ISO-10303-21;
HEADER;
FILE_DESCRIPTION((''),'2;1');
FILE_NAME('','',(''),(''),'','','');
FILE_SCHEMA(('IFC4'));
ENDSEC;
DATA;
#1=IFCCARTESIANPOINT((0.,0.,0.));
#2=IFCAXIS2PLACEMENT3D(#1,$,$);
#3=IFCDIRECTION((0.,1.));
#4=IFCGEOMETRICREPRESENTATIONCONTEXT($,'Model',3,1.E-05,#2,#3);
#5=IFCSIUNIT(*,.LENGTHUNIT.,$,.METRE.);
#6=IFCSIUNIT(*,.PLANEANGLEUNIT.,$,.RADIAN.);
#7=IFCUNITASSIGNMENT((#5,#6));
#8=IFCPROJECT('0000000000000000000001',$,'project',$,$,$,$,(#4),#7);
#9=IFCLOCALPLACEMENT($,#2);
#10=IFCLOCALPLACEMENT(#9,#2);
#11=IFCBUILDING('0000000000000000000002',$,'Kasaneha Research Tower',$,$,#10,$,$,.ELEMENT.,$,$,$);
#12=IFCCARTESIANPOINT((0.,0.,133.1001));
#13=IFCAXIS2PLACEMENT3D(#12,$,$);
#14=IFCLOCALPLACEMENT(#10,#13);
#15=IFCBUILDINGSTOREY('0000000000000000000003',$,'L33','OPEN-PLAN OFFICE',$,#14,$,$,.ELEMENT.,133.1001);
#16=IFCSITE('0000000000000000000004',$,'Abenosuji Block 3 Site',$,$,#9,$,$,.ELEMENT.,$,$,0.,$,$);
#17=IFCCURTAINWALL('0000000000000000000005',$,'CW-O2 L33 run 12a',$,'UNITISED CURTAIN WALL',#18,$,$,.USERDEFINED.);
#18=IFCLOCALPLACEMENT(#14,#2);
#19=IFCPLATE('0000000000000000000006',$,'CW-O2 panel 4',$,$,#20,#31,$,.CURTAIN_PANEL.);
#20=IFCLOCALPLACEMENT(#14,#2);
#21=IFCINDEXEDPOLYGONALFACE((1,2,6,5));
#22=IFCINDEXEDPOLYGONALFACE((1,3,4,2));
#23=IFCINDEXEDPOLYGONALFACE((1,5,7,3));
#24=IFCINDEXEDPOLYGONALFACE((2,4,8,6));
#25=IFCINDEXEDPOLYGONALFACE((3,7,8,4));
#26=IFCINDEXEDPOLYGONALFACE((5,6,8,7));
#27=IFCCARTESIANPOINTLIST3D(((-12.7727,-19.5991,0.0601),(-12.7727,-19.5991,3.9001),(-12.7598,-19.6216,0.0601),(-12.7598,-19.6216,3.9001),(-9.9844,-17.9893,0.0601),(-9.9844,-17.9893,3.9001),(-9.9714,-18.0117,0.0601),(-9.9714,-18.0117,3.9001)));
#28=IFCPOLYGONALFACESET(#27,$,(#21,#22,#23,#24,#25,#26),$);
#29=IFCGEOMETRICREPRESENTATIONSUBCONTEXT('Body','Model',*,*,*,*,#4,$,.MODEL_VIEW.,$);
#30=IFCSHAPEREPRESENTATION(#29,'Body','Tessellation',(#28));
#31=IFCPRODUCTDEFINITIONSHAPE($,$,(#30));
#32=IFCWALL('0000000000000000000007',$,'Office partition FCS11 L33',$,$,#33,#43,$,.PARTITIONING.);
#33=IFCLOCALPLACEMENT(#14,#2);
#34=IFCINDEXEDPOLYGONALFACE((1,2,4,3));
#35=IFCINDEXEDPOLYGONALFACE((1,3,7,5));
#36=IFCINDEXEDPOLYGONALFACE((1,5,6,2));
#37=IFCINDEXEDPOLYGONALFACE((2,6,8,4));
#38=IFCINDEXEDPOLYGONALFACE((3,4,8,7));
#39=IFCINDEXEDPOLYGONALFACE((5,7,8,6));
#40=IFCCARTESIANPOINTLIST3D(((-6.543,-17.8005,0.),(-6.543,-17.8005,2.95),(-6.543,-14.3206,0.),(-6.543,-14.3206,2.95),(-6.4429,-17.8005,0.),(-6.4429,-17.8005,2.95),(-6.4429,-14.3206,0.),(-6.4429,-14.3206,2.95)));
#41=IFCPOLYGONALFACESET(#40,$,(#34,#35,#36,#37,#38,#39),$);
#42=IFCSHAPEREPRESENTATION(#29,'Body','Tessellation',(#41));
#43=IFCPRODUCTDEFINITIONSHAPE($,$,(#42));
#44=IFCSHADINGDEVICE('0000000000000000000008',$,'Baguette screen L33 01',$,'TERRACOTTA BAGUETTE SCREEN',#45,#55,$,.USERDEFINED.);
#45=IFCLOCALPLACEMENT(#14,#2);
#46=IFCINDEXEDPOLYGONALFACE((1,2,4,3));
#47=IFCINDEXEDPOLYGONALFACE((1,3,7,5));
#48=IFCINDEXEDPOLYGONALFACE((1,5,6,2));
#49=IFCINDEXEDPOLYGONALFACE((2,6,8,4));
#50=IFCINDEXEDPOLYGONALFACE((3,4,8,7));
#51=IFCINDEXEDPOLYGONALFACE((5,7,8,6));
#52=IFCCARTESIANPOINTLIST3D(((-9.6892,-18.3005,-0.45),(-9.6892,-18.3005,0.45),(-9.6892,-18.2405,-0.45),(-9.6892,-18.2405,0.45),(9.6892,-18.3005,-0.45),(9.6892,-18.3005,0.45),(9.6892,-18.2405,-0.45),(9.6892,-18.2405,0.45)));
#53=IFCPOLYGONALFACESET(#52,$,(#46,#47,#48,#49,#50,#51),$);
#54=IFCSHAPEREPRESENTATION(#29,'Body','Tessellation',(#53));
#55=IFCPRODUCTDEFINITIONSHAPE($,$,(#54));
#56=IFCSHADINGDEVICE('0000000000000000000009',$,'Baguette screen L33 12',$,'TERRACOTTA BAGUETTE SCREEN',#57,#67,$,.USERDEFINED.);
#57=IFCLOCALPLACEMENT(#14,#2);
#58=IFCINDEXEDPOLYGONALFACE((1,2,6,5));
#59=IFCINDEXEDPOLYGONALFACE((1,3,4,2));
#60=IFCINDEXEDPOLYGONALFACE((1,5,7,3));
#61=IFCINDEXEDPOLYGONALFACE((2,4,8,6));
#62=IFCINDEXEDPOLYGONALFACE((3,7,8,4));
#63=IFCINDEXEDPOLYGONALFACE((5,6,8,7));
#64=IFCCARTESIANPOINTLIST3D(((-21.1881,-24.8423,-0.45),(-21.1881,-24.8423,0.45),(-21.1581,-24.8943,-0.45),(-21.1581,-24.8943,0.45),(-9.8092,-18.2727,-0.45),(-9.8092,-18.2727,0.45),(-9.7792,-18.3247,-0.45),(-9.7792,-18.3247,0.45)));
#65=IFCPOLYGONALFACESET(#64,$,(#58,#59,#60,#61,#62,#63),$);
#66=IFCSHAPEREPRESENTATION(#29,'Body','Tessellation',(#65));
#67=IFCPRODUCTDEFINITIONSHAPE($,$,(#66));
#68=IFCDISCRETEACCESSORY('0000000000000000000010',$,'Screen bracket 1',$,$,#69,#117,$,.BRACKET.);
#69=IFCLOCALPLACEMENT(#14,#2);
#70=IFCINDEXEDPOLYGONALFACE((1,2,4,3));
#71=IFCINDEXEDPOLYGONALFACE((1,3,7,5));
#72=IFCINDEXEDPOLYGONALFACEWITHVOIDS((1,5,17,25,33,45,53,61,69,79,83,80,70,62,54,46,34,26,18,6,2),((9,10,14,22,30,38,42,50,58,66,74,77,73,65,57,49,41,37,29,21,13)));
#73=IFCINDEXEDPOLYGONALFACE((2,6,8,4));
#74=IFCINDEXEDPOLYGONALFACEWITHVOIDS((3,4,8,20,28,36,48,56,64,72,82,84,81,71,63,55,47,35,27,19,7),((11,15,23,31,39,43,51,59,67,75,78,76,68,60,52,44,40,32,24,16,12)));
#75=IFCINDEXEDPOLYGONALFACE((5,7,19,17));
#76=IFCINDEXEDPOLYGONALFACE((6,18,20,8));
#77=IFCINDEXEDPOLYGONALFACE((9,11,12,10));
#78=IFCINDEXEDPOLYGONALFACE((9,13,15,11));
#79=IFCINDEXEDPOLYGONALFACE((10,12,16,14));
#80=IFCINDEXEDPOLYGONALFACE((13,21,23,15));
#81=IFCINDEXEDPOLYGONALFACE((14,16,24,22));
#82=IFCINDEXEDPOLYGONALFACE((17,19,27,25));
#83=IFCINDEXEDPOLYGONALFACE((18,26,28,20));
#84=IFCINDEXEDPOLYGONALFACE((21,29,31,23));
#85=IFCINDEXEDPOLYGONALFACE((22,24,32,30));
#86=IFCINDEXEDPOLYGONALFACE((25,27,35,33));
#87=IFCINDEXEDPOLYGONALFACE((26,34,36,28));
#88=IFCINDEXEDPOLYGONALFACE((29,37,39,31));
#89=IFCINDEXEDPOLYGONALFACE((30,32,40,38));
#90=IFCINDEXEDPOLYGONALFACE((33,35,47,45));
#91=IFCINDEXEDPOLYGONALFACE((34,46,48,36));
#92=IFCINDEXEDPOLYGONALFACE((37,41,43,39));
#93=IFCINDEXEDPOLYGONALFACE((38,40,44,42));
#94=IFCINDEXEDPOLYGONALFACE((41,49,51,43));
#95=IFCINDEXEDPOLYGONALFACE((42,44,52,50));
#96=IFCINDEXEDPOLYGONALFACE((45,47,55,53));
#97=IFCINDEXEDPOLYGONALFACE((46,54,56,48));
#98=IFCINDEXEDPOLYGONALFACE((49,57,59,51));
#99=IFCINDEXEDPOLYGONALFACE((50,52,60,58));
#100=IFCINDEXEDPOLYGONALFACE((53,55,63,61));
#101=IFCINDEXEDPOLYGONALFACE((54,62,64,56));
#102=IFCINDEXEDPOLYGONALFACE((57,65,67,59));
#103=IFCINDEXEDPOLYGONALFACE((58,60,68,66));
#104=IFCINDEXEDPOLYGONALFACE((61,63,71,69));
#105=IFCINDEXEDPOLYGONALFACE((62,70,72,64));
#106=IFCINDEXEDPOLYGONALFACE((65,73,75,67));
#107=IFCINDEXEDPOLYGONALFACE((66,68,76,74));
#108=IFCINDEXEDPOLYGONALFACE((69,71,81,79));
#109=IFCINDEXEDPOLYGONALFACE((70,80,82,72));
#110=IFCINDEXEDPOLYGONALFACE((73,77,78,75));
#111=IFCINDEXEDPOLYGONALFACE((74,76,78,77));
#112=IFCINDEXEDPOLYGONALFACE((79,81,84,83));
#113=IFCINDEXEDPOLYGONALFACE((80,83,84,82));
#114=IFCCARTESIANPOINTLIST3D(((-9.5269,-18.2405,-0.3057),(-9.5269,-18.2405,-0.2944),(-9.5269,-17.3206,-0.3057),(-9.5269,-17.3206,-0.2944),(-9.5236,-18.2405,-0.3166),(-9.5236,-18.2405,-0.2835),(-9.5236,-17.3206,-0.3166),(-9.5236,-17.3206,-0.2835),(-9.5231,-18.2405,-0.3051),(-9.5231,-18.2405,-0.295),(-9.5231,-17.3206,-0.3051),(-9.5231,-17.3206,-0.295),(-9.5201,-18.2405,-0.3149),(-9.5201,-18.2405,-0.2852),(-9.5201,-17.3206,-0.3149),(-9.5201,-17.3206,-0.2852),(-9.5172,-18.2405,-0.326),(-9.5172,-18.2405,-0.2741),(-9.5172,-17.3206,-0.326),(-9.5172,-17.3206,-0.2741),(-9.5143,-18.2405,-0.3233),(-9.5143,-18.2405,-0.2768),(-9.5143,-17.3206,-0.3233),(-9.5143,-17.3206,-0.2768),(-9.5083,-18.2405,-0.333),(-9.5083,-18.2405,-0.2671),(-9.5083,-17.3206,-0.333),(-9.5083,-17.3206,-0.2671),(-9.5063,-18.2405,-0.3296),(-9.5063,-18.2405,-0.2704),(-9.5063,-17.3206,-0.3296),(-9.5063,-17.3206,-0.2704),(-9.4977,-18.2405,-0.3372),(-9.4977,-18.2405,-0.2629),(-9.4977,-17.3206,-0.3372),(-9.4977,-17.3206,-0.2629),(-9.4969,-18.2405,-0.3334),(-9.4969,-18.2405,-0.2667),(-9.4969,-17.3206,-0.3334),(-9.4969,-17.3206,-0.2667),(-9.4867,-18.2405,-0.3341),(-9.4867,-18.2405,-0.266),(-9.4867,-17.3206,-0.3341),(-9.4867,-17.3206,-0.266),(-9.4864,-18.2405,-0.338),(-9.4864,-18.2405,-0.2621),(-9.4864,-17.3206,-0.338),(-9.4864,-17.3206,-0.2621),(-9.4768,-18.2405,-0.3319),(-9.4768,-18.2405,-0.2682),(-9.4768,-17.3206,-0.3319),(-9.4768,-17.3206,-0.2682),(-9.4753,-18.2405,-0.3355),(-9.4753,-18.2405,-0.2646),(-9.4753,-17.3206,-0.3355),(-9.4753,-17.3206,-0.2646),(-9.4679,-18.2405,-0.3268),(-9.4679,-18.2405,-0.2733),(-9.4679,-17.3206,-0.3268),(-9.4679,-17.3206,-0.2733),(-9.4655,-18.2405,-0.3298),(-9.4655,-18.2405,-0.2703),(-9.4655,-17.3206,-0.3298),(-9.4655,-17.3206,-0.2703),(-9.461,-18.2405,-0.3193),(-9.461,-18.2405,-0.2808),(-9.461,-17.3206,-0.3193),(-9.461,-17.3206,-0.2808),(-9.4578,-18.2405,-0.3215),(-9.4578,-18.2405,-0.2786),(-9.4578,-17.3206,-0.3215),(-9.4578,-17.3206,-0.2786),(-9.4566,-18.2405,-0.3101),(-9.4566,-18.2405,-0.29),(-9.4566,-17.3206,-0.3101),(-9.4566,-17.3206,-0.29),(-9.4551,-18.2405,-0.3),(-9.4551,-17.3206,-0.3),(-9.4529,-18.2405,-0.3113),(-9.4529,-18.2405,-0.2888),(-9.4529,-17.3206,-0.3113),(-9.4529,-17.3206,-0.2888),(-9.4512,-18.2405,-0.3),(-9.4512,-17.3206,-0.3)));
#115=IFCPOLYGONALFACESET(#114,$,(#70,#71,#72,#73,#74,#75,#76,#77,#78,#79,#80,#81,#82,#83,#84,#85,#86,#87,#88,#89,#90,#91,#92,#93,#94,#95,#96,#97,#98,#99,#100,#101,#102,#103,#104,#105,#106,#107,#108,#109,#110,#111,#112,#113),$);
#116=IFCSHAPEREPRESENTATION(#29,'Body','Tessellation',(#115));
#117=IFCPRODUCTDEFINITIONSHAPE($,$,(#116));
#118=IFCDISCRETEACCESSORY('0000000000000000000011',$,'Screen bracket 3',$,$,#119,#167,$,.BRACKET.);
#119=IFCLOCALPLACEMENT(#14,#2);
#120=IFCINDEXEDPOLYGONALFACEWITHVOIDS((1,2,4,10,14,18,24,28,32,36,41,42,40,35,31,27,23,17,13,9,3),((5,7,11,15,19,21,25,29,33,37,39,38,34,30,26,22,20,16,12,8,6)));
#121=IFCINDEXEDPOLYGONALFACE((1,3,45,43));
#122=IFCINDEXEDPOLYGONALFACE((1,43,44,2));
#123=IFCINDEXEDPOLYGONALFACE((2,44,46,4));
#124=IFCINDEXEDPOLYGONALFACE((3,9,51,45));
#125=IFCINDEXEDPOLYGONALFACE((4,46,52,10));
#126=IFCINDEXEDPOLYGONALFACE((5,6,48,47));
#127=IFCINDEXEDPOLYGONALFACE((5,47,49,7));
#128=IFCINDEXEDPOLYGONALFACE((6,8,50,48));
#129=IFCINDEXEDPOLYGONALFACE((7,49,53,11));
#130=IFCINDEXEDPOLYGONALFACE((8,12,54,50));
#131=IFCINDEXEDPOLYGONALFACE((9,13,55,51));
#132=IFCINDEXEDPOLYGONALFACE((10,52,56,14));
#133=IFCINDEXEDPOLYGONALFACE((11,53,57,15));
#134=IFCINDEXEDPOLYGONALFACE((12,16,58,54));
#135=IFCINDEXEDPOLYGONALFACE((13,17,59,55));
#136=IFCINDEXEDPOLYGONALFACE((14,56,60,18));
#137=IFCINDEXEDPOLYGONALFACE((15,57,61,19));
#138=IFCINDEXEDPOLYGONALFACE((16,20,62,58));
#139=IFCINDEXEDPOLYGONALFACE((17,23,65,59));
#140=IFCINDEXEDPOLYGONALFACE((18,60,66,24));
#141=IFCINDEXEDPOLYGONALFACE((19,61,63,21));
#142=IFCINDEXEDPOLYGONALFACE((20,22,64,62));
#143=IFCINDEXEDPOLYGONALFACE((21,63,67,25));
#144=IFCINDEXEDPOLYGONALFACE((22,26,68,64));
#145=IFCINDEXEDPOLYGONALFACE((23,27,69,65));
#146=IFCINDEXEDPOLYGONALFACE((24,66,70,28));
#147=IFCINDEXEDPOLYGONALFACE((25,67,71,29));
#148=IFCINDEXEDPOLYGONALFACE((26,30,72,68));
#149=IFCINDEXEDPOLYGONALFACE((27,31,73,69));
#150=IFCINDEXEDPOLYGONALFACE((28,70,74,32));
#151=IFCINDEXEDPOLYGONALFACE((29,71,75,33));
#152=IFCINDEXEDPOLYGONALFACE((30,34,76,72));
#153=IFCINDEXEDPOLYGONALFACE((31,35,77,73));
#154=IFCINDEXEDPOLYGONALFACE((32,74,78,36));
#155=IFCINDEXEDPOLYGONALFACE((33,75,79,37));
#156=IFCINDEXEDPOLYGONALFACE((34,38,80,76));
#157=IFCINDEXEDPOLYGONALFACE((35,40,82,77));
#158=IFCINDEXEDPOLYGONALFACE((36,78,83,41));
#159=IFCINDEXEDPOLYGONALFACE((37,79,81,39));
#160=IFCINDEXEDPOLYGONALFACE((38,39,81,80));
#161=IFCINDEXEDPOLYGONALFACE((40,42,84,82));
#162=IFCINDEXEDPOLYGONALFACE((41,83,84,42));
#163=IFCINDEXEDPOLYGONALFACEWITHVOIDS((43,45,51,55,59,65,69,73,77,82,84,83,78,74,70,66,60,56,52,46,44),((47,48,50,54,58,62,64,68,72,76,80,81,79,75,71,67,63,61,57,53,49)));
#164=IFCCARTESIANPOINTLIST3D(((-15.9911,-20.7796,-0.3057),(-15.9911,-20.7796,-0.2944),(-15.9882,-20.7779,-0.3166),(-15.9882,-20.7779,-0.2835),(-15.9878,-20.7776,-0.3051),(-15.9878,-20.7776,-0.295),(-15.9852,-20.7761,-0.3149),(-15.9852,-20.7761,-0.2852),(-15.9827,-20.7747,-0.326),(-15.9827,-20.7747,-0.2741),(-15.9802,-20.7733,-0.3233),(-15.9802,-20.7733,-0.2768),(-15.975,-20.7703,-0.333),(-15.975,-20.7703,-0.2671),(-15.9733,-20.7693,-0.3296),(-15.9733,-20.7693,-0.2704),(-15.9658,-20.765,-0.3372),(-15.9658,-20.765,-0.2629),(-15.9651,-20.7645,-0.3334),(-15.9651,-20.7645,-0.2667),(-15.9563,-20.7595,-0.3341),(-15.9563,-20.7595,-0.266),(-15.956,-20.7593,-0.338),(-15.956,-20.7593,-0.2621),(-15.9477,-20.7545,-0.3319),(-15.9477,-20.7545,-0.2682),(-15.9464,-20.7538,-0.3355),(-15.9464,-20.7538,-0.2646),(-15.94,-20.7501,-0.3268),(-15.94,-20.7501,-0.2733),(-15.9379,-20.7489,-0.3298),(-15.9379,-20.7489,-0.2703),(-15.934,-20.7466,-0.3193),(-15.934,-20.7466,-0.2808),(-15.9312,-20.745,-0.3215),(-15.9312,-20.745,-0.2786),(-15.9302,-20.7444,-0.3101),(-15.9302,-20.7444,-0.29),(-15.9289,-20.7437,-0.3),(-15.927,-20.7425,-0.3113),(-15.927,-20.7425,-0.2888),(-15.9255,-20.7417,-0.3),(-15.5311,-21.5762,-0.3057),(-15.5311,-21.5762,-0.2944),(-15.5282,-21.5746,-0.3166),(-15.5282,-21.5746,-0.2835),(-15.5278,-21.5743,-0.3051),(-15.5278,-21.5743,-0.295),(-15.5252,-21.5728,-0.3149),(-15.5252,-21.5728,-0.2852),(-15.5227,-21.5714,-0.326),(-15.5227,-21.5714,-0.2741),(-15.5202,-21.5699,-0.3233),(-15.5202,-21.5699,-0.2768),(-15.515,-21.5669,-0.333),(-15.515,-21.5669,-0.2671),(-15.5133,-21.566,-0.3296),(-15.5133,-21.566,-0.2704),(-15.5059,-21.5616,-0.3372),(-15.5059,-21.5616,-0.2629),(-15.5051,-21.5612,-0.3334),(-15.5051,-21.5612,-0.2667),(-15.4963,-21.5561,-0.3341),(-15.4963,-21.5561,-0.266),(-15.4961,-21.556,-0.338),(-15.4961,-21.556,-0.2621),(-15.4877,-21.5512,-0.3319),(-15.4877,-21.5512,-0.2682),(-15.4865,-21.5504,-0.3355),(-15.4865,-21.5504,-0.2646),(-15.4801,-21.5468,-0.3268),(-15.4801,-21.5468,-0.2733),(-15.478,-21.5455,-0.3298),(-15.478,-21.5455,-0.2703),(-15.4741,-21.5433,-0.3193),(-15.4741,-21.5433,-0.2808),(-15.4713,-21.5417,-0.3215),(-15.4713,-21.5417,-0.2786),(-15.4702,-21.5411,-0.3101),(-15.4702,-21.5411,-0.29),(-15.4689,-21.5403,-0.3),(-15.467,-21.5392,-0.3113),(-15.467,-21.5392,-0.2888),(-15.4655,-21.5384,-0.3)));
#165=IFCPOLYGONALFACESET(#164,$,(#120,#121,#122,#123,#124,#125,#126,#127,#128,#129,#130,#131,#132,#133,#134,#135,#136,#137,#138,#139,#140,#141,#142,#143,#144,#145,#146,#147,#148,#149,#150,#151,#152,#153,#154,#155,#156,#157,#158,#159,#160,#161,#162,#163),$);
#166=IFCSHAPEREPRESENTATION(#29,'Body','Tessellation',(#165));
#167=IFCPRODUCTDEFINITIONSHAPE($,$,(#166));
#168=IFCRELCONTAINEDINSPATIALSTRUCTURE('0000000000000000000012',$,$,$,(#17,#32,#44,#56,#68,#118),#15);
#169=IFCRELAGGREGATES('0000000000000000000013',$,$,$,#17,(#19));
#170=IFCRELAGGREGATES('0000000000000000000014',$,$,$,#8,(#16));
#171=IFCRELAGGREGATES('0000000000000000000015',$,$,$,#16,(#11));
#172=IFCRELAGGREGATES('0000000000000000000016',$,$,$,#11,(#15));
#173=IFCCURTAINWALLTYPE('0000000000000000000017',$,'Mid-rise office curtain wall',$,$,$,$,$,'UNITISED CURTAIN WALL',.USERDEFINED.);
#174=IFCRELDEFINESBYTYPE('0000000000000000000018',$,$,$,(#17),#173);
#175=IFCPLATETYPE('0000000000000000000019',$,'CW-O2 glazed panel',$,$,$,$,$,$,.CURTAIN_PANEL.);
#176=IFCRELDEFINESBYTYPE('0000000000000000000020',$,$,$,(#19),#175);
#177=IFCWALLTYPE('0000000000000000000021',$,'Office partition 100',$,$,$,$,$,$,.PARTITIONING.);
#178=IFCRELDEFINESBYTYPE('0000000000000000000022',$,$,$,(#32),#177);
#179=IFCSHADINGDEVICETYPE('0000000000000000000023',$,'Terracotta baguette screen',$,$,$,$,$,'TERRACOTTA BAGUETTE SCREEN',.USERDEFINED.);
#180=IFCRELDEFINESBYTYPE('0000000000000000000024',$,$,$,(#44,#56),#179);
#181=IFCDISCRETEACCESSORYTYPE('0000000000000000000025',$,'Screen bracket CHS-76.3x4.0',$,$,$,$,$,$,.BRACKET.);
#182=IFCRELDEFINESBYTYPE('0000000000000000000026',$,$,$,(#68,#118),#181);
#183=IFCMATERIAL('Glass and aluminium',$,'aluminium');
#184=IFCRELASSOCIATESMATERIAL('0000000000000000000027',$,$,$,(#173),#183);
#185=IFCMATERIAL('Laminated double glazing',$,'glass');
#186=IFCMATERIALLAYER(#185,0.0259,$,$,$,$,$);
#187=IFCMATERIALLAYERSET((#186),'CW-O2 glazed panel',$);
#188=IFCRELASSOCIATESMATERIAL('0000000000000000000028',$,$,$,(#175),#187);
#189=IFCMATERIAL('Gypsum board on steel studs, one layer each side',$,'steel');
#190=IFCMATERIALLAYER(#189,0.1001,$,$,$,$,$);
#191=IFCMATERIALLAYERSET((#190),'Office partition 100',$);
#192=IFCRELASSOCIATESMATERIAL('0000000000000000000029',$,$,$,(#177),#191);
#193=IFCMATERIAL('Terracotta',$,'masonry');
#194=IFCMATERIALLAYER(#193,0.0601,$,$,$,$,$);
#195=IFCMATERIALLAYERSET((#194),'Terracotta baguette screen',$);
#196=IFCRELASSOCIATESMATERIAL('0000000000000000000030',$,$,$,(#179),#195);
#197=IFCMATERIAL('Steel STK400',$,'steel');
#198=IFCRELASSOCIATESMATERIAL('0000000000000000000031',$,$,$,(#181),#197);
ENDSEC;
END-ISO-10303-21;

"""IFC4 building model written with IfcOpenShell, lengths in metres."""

from ifc_helpers import new_model, si_unit, direction, frame, frame_2d, origin, origin_2d, place, context, subcontext, project, spatial, rectangle, hollow_circle, extrude, material, layer, layer_set, material_profile, profile_set, type_object, element, aggregate, save


model = new_model("IFC4")

# Units and contexts
model_context = context("Model", 3, precision=1e-05, world=origin(), true_north=direction((0.0, 1.0)))
body_context = subcontext(model_context, "Body", "Model", "MODEL_VIEW")
ifc_project = project(units=[si_unit("LENGTHUNIT", "METRE"), si_unit("PLANEANGLEUNIT", "RADIAN")], contexts=[model_context])

# Site, building, storey
site_placement = place(None, origin())
site = spatial("IfcSite", under=ifc_project, at=site_placement, Name="Abenosuji Block 3 Site", CompositionType="ELEMENT", RefElevation=0.0)
building_placement = place(site_placement, origin())
building = spatial("IfcBuilding", under=site, at=building_placement, Name="Kasaneha Research Tower", CompositionType="ELEMENT")
storey_placement = place(building_placement, frame((0.0, 0.0, 133.1001)))
storey = spatial("IfcBuildingStorey", under=building, at=storey_placement, Name="L33", Description="OPEN-PLAN OFFICE", CompositionType="ELEMENT", Elevation=133.1001)

# Curtain wall
ifc_material_1 = material(Name="Glass and aluminium", Category="aluminium")
curtain_wall_type = type_object("IfcCurtainWallType", Name="Mid-rise office curtain wall", ElementType="UNITISED CURTAIN WALL", PredefinedType="USERDEFINED", material=ifc_material_1)
curtain_wall_1_placement = place(storey_placement, origin())
curtain_wall_1 = element("IfcCurtainWall", 1, at=curtain_wall_1_placement, inside=storey, type_object=curtain_wall_type, Name="CW-O2 L33 run 12a", ObjectType="UNITISED CURTAIN WALL", PredefinedType="USERDEFINED")

# Plate
ifc_material_2 = material(Name="Laminated double glazing", Category="glass")
ifc_layer_1 = layer(ifc_material_2, 0.0259)
ifc_layer_set_1 = layer_set([ifc_layer_1], Name="CW-O2 glazed panel")
plate_type = type_object("IfcPlateType", Name="CW-O2 glazed panel", PredefinedType="CURTAIN_PANEL", material=ifc_layer_set_1)
plate_1_placement = place(storey_placement, frame((-11.3721, -18.8054, 0.0601), z_axis=(0.0, 0.0, 1.0), x_axis=(0.866025, 0.5, 0.0)))
plate_1 = element("IfcPlate", 2, at=plate_1_placement, type_object=plate_type, Name="CW-O2 panel 4", PredefinedType="CURTAIN_PANEL", context=body_context, shape_type="SweptSolid", body=[
    extrude(rectangle(XDim=3.2197, YDim=0.0259, at=origin_2d()), origin(), (0.0, 0.0, 1.0), 3.8401),
])
aggregate(curtain_wall_1, [plate_1])

# Wall
ifc_material_3 = material(Name="Gypsum board on steel studs, one layer each side", Category="steel")
ifc_layer_2 = layer(ifc_material_3, 0.1001)
ifc_layer_set_2 = layer_set([ifc_layer_2], Name="Office partition 100")
wall_type = type_object("IfcWallType", Name="Office partition 100", PredefinedType="PARTITIONING", material=ifc_layer_set_2)
wall_placement = place(storey_placement, frame((-6.4929, -17.8005, 0.0), z_axis=(0.0, 0.0, 1.0), x_axis=(0.0, 1.0, 0.0)))
element("IfcWall", 3, at=wall_placement, inside=storey, type_object=wall_type, Name="Office partition FCS11 L33", PredefinedType="PARTITIONING", context=body_context, shape_type="SweptSolid", body=[
    extrude(rectangle(XDim=3.48, YDim=0.1001, at=frame_2d((1.74, 0.0))), origin(), (0.0, 0.0, 1.0), 2.95),
])

# Shading devices
ifc_material_4 = material(Name="Terracotta", Category="masonry")
ifc_layer_3 = layer(ifc_material_4, 0.0601)
ifc_layer_set_3 = layer_set([ifc_layer_3], Name="Terracotta baguette screen")
shading_device_type = type_object("IfcShadingDeviceType", Name="Terracotta baguette screen", ElementType="TERRACOTTA BAGUETTE SCREEN", PredefinedType="USERDEFINED", material=ifc_layer_set_3)
shading_device_1_placement = place(storey_placement, frame((0.0, -18.2705, -0.45), z_axis=(0.0, 0.0, 1.0), x_axis=(1.0, 0.0, 0.0)))
element("IfcShadingDevice", 4, at=shading_device_1_placement, inside=storey, type_object=shading_device_type, Name="Baguette screen L33 01", ObjectType="TERRACOTTA BAGUETTE SCREEN", PredefinedType="USERDEFINED", context=body_context, shape_type="SweptSolid", body=[
    extrude(rectangle(XDim=19.3784, YDim=0.0601, at=origin_2d()), origin(), (0.0, 0.0, 1.0), 0.8999),
])
shading_device_2_placement = place(storey_placement, frame((-15.4836, -21.5835, -0.45), z_axis=(0.0, 0.0, 1.0), x_axis=(0.866025, 0.5, 0.0)))
element("IfcShadingDevice", 5, at=shading_device_2_placement, inside=storey, type_object=shading_device_type, Name="Baguette screen L33 12", ObjectType="TERRACOTTA BAGUETTE SCREEN", PredefinedType="USERDEFINED", context=body_context, shape_type="SweptSolid", body=[
    extrude(rectangle(XDim=13.1392, YDim=0.0601, at=origin_2d()), origin(), (0.0, 0.0, 1.0), 0.8999),
])

# Discrete accessories
ifc_material_5 = material(Name="Steel STK400", Category="steel")
ifc_material_profile_1 = material_profile(ifc_material_5, hollow_circle(Radius=0.0381, WallThickness=0.0039, at=origin_2d()), Name="CHS-76.3x4.0")
ifc_profile_set_1 = profile_set([ifc_material_profile_1], Name="Steel STK400")
discrete_accessory_type = type_object("IfcDiscreteAccessoryType", Name="Screen bracket CHS-76.3x4.0", PredefinedType="BRACKET", material=ifc_profile_set_1)
for number, where, z_axis, x_axis, name in (
    (6, (-9.4893, -17.3206, -0.3), (0.0, -1.0, 0.0), (1.0, 0.0, 0.0), "Screen bracket 1"),
    (7, (-15.9585, -20.7607, -0.3), (0.500021, -0.866013, 0.0), (0.866013, 0.500021, 0.0), "Screen bracket 3"),
):
    element("IfcDiscreteAccessory", number, at=place(storey_placement, frame(where, z_axis=z_axis, x_axis=x_axis)), inside=storey, type_object=discrete_accessory_type, Name=name, PredefinedType="BRACKET", context=body_context, shape_type="SweptSolid", body=[
        extrude(hollow_circle(Radius=0.0381, WallThickness=0.0039, at=origin_2d()), origin(), (0.0, 0.0, 1.0), 0.9199),
    ])

save(model, "model.ifc")
